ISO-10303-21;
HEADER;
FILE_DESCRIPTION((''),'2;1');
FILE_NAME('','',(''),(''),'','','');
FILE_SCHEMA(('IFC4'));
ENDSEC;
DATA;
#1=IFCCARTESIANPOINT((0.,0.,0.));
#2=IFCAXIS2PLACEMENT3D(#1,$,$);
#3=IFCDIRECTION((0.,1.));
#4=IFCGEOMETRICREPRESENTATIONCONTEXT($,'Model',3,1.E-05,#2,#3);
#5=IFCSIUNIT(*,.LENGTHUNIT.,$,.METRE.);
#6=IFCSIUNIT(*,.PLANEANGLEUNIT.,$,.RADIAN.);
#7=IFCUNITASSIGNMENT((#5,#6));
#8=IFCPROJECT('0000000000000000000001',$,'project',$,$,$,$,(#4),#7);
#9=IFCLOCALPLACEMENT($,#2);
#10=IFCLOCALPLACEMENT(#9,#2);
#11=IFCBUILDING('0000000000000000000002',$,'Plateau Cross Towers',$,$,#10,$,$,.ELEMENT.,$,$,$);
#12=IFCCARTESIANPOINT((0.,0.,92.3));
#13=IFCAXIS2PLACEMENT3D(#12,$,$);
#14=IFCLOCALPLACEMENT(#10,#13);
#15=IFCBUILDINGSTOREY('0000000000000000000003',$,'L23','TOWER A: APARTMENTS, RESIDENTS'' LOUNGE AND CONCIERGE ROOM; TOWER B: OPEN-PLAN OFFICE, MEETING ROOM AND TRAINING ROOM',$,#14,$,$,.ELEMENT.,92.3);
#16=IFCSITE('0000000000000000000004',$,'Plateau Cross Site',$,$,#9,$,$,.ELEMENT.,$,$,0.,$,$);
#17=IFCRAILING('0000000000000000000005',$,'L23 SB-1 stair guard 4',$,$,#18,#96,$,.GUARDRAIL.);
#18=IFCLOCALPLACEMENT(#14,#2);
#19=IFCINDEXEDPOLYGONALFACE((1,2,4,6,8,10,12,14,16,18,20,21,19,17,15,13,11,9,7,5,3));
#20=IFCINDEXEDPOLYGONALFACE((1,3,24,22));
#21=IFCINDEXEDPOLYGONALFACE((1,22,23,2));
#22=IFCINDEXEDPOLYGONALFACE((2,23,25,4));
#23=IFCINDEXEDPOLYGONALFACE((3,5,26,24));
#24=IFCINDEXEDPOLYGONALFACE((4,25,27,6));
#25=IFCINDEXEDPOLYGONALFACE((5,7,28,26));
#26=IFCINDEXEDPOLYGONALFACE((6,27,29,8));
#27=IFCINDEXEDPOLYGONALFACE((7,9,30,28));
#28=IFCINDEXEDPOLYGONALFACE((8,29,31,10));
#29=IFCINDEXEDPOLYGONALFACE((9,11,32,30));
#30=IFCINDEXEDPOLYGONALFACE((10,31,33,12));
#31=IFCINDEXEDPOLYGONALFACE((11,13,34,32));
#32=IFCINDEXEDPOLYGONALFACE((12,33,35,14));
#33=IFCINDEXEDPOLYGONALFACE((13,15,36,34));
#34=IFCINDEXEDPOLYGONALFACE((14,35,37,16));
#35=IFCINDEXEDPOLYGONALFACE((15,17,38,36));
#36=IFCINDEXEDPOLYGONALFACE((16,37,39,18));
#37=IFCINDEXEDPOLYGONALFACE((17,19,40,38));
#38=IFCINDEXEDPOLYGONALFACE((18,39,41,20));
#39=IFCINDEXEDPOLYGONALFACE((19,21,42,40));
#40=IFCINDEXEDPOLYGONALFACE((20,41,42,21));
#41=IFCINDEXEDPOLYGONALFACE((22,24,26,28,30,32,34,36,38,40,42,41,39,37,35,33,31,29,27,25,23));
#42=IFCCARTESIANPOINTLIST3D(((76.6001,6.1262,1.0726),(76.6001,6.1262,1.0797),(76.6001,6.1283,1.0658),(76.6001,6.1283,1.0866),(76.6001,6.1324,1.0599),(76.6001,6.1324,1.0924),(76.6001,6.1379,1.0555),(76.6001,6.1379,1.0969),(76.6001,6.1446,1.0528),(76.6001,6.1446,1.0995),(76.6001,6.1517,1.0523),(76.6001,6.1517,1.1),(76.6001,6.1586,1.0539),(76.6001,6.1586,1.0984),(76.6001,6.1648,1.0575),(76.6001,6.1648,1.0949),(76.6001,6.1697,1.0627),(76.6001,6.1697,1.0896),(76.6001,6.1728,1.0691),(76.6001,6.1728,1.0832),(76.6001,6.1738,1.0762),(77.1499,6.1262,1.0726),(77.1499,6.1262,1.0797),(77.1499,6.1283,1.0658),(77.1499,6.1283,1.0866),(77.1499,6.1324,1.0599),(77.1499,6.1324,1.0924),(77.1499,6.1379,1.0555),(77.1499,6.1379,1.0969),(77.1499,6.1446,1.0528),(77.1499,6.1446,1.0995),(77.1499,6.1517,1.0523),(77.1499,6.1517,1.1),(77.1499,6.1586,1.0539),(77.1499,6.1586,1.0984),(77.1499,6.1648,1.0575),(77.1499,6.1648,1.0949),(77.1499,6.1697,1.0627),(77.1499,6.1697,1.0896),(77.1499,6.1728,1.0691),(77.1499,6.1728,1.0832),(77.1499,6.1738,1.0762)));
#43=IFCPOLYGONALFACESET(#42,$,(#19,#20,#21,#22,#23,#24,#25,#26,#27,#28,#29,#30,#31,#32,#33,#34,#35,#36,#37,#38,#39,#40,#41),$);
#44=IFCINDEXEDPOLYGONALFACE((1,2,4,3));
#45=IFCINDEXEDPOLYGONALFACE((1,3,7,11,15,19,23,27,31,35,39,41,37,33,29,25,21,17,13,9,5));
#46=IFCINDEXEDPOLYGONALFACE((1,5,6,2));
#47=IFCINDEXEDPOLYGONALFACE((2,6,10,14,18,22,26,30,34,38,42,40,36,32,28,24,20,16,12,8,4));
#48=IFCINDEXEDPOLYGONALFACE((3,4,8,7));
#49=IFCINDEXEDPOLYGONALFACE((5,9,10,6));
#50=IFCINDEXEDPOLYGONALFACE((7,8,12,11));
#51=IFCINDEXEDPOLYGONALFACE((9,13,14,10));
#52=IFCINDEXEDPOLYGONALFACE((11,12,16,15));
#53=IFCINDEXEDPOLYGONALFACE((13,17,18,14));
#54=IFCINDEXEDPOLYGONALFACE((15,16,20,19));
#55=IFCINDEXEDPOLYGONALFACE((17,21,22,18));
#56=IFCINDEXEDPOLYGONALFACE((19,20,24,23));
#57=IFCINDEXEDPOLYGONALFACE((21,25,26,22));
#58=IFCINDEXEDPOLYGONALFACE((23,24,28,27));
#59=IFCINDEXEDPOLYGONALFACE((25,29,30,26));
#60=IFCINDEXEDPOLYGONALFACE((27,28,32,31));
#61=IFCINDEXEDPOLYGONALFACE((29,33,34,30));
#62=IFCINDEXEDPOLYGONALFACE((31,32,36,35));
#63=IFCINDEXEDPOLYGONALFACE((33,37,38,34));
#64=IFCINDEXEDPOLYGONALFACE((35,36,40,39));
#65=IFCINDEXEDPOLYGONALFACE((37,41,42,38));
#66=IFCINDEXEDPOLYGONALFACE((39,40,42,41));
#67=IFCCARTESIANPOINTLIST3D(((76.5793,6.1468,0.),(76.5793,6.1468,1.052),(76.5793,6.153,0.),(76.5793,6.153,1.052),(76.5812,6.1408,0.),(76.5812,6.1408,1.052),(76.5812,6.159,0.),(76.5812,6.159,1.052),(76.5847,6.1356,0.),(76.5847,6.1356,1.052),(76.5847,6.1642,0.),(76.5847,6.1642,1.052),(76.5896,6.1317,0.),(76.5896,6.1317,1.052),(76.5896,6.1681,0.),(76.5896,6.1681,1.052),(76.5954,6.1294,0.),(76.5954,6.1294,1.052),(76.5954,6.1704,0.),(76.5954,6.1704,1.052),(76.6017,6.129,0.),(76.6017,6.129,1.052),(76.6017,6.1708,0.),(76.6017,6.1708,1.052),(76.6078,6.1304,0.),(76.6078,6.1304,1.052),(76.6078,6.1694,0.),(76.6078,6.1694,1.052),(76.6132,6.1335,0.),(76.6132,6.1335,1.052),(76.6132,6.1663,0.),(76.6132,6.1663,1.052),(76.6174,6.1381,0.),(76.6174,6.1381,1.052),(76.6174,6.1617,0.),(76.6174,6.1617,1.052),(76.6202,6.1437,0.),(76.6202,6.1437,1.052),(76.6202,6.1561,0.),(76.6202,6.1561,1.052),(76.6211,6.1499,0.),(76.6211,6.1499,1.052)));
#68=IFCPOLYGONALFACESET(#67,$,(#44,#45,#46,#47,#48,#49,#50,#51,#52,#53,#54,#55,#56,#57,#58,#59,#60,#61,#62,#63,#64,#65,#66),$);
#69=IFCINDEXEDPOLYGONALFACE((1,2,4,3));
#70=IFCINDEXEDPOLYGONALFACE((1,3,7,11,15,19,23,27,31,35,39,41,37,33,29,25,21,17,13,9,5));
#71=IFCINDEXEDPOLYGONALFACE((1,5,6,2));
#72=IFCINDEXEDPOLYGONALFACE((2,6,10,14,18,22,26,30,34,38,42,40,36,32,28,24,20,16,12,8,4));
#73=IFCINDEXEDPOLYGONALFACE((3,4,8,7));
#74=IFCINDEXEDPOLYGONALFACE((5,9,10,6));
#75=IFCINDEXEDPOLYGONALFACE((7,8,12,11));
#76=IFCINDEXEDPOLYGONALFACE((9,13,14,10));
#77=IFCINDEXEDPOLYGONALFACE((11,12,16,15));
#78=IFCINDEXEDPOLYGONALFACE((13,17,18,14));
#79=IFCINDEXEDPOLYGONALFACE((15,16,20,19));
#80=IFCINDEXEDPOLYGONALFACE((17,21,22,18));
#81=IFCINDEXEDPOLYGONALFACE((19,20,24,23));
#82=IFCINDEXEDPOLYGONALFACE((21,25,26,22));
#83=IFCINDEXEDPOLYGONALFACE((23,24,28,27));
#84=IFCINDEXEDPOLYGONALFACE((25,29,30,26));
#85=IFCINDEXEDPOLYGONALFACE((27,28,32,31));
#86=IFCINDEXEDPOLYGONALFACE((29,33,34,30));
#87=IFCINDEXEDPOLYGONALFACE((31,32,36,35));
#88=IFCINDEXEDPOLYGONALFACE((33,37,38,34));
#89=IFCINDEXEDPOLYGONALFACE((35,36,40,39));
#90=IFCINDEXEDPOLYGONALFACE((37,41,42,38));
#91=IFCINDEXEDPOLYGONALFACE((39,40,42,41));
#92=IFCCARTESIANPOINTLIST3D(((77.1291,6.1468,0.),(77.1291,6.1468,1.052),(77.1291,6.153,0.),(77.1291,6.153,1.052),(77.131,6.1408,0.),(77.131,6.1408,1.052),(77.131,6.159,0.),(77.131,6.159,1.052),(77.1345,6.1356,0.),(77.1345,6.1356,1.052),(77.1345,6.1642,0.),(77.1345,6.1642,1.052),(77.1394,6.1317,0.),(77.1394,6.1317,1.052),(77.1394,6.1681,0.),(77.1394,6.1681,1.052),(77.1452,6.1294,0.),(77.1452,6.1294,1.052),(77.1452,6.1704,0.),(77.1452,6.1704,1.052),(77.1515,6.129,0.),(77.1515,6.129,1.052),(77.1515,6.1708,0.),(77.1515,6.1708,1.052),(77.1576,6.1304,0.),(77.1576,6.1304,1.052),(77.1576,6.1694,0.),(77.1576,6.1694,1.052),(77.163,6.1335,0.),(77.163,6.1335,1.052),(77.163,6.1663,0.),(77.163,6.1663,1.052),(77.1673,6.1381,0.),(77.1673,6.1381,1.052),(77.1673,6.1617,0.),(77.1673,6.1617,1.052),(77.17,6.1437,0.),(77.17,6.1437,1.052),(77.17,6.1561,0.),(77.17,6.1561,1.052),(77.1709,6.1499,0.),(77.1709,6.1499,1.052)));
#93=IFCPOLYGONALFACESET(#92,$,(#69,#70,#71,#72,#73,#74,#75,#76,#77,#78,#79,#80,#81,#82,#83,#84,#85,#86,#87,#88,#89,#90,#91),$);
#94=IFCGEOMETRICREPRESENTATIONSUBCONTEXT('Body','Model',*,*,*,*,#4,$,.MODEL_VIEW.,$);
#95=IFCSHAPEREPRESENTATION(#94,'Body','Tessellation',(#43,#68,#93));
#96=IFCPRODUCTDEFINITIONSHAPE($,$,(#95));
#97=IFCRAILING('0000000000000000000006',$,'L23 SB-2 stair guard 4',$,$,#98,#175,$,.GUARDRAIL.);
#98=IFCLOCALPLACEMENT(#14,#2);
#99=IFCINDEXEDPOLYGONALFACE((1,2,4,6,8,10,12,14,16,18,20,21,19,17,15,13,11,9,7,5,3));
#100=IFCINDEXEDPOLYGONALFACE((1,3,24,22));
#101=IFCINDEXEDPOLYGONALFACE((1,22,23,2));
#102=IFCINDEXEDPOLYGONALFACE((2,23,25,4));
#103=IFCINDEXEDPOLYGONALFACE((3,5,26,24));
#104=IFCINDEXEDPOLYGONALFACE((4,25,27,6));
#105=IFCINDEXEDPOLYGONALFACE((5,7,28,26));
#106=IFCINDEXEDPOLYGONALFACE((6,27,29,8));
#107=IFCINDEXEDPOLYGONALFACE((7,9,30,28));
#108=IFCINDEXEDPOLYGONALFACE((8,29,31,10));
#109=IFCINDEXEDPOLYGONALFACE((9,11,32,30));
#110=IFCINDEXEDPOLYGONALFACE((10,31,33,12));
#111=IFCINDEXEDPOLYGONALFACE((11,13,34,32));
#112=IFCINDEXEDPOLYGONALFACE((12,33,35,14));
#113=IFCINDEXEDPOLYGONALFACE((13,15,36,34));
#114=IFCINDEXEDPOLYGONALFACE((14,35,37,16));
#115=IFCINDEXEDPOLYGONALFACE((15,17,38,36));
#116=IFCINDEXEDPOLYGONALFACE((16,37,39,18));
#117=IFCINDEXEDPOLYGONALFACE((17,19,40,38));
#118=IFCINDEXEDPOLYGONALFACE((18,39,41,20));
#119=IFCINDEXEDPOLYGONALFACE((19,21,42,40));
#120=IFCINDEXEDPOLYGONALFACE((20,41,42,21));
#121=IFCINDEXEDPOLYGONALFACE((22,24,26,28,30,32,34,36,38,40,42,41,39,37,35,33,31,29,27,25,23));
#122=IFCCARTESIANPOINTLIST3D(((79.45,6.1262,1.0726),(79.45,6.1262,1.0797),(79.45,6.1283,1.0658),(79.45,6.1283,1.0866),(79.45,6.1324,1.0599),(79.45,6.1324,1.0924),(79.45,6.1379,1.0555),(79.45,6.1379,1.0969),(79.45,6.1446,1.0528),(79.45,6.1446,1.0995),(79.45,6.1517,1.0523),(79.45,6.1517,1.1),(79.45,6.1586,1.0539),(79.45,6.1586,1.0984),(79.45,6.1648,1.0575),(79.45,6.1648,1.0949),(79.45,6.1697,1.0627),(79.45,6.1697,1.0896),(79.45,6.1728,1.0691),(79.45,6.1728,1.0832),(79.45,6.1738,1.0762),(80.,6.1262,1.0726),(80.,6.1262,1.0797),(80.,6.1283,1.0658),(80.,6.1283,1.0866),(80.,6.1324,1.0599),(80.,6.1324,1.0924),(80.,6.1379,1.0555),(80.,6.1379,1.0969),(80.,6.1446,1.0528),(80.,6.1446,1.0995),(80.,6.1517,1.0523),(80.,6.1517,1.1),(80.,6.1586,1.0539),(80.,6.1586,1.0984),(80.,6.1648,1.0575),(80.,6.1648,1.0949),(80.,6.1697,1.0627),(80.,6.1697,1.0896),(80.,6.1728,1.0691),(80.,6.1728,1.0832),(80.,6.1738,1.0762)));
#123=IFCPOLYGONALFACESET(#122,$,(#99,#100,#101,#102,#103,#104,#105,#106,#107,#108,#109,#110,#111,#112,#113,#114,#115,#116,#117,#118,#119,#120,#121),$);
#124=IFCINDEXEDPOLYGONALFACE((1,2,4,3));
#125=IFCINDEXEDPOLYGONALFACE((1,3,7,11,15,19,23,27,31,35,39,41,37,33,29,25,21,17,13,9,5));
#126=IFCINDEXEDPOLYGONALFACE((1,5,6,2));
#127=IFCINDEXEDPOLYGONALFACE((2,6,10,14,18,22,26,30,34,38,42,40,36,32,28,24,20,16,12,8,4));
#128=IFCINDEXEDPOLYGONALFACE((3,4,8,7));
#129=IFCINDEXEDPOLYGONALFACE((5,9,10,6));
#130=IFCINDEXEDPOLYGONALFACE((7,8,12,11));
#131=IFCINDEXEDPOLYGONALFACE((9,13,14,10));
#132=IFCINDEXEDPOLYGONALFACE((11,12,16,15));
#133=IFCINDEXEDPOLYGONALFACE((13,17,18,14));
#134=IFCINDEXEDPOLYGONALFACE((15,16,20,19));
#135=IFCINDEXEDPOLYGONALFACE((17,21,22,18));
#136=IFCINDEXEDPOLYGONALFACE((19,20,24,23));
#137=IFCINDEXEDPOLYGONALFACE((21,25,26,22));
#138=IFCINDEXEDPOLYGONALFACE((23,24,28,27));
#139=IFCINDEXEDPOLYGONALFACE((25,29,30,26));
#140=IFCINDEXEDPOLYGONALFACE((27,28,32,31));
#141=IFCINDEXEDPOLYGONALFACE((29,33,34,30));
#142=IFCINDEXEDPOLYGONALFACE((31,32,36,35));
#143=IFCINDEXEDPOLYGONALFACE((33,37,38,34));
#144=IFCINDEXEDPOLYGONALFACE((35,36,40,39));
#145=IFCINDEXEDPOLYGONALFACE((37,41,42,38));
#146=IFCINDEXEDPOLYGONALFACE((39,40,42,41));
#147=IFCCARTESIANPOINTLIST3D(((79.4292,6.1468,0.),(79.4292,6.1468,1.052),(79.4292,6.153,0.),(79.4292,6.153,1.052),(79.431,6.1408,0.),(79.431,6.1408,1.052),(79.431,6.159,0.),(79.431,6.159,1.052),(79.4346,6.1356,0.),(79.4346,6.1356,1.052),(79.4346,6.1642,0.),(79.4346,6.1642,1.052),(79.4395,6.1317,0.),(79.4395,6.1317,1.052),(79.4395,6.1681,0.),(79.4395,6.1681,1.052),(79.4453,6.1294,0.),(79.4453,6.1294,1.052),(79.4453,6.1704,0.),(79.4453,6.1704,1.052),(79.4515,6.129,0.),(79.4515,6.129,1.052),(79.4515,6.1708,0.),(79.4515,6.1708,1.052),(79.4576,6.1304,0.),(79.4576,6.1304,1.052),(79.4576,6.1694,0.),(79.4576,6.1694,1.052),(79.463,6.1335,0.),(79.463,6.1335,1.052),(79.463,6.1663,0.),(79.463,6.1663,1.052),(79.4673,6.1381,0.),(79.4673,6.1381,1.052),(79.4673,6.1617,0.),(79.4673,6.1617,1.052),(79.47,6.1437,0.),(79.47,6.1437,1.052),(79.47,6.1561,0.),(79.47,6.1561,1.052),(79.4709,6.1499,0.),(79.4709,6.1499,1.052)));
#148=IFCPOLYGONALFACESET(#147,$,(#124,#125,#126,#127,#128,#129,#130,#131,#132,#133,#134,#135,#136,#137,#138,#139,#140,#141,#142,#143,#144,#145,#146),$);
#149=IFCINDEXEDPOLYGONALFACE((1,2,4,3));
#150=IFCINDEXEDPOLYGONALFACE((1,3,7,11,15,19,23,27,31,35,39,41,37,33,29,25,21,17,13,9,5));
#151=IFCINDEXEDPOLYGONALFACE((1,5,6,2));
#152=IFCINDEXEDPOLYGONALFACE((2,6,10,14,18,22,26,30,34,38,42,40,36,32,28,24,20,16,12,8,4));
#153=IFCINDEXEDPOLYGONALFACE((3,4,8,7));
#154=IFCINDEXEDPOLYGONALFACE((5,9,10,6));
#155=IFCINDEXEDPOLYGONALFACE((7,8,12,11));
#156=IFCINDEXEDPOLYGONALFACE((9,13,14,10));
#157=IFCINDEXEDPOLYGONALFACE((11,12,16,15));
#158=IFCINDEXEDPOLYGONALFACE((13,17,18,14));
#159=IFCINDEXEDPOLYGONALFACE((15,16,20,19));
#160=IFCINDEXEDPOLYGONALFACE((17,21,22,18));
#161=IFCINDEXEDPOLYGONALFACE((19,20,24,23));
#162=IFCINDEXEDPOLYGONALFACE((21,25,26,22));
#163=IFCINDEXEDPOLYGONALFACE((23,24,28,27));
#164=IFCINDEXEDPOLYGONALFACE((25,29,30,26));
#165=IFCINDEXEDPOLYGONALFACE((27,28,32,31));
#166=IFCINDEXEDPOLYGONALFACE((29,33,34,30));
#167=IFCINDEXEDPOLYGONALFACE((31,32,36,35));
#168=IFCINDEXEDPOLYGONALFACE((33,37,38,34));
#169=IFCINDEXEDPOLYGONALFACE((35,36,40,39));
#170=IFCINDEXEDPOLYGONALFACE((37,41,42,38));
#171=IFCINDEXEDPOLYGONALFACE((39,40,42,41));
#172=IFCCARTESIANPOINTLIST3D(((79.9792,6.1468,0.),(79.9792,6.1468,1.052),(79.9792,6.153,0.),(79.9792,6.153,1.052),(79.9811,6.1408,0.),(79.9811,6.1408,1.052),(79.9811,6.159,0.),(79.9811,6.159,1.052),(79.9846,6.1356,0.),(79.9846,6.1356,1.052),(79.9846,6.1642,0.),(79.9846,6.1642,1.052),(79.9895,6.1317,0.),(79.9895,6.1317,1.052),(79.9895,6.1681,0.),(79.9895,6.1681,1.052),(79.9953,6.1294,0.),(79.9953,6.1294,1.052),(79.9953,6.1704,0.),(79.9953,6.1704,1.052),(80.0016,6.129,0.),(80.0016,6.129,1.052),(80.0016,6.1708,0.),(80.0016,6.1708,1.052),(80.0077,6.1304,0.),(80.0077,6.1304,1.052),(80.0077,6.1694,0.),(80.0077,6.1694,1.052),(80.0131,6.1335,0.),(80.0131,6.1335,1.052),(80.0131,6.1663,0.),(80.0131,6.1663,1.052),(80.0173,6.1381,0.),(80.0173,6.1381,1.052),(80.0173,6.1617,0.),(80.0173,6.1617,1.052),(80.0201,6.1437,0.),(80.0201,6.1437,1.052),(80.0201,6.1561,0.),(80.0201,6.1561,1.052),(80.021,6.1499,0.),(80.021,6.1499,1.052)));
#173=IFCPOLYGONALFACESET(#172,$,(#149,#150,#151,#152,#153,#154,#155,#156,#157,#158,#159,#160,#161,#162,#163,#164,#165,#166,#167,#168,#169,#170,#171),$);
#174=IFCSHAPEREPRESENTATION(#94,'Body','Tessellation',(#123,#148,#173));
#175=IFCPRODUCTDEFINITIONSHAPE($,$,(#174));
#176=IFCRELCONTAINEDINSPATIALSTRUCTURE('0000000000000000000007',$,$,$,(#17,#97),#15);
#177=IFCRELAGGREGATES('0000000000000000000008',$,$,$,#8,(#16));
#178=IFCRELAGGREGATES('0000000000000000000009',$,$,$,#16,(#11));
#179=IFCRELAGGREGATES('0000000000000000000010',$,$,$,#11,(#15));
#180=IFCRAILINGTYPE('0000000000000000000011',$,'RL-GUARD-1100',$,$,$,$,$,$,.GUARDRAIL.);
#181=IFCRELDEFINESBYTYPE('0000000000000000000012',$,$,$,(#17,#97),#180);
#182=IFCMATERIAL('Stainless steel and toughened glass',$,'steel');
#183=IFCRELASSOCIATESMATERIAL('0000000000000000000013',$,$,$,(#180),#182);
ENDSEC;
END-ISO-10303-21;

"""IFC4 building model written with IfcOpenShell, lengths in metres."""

from ifc_helpers import new_model, si_unit, direction, frame, origin, origin_2d, place, context, subcontext, project, spatial, circle, extrude, material, type_object, element, save


model = new_model("IFC4")

# Units and contexts
model_context = context("Model", 3, precision=1e-05, world=origin(), true_north=direction((0.0, 1.0)))
body_context = subcontext(model_context, "Body", "Model", "MODEL_VIEW")
ifc_project = project(units=[si_unit("LENGTHUNIT", "METRE"), si_unit("PLANEANGLEUNIT", "RADIAN")], contexts=[model_context])

# Site, building, storey
site_placement = place(None, origin())
site = spatial("IfcSite", under=ifc_project, at=site_placement, Name="Plateau Cross Site", CompositionType="ELEMENT", RefElevation=0.0)
building_placement = place(site_placement, origin())
building = spatial("IfcBuilding", under=site, at=building_placement, Name="Plateau Cross Towers", CompositionType="ELEMENT")
storey_placement = place(building_placement, frame((0.0, 0.0, 92.3)))
storey = spatial("IfcBuildingStorey", under=building, at=storey_placement, Name="L23", Description="TOWER A: APARTMENTS, RESIDENTS' LOUNGE AND CONCIERGE ROOM; TOWER B: OPEN-PLAN OFFICE, MEETING ROOM AND TRAINING ROOM", CompositionType="ELEMENT", Elevation=92.3)

# Railings
ifc_material_1 = material(Name="Stainless steel and toughened glass", Category="steel")
railing_type = type_object("IfcRailingType", Name="RL-GUARD-1100", PredefinedType="GUARDRAIL", material=ifc_material_1)
railing_1_placement = place(storey_placement, frame((76.6001, 6.1499, 0.0)))
element("IfcRailing", 1, at=railing_1_placement, inside=storey, type_object=railing_type, Name="L23 SB-1 stair guard 4", PredefinedType="GUARDRAIL", context=body_context, shape_type="SweptSolid", body=[
    extrude(circle(Radius=0.0239, at=origin_2d()), frame((0.0, 0.0, 1.0762), z_axis=(1.0, 0.0, 0.0), x_axis=(0.0, 1.0, 0.0)), (0.0, 0.0, 1.0), 0.5498),
    extrude(circle(Radius=0.021, at=origin_2d()), origin(), (0.0, 0.0, 1.0), 1.052),
    extrude(circle(Radius=0.021, at=origin_2d()), frame((0.5498, 0.0, 0.0)), (0.0, 0.0, 1.0), 1.052),
])
railing_2_placement = place(storey_placement, frame((79.45, 6.1499, 0.0)))
element("IfcRailing", 2, at=railing_2_placement, inside=storey, type_object=railing_type, Name="L23 SB-2 stair guard 4", PredefinedType="GUARDRAIL", context=body_context, shape_type="SweptSolid", body=[
    extrude(circle(Radius=0.0239, at=origin_2d()), frame((0.0, 0.0, 1.0762), z_axis=(1.0, 0.0, 0.0), x_axis=(0.0, 1.0, 0.0)), (0.0, 0.0, 1.0), 0.55),
    extrude(circle(Radius=0.021, at=origin_2d()), origin(), (0.0, 0.0, 1.0), 1.052),
    extrude(circle(Radius=0.021, at=origin_2d()), frame((0.55, 0.0, 0.0)), (0.0, 0.0, 1.0), 1.052),
])

save(model, "model.ifc")
